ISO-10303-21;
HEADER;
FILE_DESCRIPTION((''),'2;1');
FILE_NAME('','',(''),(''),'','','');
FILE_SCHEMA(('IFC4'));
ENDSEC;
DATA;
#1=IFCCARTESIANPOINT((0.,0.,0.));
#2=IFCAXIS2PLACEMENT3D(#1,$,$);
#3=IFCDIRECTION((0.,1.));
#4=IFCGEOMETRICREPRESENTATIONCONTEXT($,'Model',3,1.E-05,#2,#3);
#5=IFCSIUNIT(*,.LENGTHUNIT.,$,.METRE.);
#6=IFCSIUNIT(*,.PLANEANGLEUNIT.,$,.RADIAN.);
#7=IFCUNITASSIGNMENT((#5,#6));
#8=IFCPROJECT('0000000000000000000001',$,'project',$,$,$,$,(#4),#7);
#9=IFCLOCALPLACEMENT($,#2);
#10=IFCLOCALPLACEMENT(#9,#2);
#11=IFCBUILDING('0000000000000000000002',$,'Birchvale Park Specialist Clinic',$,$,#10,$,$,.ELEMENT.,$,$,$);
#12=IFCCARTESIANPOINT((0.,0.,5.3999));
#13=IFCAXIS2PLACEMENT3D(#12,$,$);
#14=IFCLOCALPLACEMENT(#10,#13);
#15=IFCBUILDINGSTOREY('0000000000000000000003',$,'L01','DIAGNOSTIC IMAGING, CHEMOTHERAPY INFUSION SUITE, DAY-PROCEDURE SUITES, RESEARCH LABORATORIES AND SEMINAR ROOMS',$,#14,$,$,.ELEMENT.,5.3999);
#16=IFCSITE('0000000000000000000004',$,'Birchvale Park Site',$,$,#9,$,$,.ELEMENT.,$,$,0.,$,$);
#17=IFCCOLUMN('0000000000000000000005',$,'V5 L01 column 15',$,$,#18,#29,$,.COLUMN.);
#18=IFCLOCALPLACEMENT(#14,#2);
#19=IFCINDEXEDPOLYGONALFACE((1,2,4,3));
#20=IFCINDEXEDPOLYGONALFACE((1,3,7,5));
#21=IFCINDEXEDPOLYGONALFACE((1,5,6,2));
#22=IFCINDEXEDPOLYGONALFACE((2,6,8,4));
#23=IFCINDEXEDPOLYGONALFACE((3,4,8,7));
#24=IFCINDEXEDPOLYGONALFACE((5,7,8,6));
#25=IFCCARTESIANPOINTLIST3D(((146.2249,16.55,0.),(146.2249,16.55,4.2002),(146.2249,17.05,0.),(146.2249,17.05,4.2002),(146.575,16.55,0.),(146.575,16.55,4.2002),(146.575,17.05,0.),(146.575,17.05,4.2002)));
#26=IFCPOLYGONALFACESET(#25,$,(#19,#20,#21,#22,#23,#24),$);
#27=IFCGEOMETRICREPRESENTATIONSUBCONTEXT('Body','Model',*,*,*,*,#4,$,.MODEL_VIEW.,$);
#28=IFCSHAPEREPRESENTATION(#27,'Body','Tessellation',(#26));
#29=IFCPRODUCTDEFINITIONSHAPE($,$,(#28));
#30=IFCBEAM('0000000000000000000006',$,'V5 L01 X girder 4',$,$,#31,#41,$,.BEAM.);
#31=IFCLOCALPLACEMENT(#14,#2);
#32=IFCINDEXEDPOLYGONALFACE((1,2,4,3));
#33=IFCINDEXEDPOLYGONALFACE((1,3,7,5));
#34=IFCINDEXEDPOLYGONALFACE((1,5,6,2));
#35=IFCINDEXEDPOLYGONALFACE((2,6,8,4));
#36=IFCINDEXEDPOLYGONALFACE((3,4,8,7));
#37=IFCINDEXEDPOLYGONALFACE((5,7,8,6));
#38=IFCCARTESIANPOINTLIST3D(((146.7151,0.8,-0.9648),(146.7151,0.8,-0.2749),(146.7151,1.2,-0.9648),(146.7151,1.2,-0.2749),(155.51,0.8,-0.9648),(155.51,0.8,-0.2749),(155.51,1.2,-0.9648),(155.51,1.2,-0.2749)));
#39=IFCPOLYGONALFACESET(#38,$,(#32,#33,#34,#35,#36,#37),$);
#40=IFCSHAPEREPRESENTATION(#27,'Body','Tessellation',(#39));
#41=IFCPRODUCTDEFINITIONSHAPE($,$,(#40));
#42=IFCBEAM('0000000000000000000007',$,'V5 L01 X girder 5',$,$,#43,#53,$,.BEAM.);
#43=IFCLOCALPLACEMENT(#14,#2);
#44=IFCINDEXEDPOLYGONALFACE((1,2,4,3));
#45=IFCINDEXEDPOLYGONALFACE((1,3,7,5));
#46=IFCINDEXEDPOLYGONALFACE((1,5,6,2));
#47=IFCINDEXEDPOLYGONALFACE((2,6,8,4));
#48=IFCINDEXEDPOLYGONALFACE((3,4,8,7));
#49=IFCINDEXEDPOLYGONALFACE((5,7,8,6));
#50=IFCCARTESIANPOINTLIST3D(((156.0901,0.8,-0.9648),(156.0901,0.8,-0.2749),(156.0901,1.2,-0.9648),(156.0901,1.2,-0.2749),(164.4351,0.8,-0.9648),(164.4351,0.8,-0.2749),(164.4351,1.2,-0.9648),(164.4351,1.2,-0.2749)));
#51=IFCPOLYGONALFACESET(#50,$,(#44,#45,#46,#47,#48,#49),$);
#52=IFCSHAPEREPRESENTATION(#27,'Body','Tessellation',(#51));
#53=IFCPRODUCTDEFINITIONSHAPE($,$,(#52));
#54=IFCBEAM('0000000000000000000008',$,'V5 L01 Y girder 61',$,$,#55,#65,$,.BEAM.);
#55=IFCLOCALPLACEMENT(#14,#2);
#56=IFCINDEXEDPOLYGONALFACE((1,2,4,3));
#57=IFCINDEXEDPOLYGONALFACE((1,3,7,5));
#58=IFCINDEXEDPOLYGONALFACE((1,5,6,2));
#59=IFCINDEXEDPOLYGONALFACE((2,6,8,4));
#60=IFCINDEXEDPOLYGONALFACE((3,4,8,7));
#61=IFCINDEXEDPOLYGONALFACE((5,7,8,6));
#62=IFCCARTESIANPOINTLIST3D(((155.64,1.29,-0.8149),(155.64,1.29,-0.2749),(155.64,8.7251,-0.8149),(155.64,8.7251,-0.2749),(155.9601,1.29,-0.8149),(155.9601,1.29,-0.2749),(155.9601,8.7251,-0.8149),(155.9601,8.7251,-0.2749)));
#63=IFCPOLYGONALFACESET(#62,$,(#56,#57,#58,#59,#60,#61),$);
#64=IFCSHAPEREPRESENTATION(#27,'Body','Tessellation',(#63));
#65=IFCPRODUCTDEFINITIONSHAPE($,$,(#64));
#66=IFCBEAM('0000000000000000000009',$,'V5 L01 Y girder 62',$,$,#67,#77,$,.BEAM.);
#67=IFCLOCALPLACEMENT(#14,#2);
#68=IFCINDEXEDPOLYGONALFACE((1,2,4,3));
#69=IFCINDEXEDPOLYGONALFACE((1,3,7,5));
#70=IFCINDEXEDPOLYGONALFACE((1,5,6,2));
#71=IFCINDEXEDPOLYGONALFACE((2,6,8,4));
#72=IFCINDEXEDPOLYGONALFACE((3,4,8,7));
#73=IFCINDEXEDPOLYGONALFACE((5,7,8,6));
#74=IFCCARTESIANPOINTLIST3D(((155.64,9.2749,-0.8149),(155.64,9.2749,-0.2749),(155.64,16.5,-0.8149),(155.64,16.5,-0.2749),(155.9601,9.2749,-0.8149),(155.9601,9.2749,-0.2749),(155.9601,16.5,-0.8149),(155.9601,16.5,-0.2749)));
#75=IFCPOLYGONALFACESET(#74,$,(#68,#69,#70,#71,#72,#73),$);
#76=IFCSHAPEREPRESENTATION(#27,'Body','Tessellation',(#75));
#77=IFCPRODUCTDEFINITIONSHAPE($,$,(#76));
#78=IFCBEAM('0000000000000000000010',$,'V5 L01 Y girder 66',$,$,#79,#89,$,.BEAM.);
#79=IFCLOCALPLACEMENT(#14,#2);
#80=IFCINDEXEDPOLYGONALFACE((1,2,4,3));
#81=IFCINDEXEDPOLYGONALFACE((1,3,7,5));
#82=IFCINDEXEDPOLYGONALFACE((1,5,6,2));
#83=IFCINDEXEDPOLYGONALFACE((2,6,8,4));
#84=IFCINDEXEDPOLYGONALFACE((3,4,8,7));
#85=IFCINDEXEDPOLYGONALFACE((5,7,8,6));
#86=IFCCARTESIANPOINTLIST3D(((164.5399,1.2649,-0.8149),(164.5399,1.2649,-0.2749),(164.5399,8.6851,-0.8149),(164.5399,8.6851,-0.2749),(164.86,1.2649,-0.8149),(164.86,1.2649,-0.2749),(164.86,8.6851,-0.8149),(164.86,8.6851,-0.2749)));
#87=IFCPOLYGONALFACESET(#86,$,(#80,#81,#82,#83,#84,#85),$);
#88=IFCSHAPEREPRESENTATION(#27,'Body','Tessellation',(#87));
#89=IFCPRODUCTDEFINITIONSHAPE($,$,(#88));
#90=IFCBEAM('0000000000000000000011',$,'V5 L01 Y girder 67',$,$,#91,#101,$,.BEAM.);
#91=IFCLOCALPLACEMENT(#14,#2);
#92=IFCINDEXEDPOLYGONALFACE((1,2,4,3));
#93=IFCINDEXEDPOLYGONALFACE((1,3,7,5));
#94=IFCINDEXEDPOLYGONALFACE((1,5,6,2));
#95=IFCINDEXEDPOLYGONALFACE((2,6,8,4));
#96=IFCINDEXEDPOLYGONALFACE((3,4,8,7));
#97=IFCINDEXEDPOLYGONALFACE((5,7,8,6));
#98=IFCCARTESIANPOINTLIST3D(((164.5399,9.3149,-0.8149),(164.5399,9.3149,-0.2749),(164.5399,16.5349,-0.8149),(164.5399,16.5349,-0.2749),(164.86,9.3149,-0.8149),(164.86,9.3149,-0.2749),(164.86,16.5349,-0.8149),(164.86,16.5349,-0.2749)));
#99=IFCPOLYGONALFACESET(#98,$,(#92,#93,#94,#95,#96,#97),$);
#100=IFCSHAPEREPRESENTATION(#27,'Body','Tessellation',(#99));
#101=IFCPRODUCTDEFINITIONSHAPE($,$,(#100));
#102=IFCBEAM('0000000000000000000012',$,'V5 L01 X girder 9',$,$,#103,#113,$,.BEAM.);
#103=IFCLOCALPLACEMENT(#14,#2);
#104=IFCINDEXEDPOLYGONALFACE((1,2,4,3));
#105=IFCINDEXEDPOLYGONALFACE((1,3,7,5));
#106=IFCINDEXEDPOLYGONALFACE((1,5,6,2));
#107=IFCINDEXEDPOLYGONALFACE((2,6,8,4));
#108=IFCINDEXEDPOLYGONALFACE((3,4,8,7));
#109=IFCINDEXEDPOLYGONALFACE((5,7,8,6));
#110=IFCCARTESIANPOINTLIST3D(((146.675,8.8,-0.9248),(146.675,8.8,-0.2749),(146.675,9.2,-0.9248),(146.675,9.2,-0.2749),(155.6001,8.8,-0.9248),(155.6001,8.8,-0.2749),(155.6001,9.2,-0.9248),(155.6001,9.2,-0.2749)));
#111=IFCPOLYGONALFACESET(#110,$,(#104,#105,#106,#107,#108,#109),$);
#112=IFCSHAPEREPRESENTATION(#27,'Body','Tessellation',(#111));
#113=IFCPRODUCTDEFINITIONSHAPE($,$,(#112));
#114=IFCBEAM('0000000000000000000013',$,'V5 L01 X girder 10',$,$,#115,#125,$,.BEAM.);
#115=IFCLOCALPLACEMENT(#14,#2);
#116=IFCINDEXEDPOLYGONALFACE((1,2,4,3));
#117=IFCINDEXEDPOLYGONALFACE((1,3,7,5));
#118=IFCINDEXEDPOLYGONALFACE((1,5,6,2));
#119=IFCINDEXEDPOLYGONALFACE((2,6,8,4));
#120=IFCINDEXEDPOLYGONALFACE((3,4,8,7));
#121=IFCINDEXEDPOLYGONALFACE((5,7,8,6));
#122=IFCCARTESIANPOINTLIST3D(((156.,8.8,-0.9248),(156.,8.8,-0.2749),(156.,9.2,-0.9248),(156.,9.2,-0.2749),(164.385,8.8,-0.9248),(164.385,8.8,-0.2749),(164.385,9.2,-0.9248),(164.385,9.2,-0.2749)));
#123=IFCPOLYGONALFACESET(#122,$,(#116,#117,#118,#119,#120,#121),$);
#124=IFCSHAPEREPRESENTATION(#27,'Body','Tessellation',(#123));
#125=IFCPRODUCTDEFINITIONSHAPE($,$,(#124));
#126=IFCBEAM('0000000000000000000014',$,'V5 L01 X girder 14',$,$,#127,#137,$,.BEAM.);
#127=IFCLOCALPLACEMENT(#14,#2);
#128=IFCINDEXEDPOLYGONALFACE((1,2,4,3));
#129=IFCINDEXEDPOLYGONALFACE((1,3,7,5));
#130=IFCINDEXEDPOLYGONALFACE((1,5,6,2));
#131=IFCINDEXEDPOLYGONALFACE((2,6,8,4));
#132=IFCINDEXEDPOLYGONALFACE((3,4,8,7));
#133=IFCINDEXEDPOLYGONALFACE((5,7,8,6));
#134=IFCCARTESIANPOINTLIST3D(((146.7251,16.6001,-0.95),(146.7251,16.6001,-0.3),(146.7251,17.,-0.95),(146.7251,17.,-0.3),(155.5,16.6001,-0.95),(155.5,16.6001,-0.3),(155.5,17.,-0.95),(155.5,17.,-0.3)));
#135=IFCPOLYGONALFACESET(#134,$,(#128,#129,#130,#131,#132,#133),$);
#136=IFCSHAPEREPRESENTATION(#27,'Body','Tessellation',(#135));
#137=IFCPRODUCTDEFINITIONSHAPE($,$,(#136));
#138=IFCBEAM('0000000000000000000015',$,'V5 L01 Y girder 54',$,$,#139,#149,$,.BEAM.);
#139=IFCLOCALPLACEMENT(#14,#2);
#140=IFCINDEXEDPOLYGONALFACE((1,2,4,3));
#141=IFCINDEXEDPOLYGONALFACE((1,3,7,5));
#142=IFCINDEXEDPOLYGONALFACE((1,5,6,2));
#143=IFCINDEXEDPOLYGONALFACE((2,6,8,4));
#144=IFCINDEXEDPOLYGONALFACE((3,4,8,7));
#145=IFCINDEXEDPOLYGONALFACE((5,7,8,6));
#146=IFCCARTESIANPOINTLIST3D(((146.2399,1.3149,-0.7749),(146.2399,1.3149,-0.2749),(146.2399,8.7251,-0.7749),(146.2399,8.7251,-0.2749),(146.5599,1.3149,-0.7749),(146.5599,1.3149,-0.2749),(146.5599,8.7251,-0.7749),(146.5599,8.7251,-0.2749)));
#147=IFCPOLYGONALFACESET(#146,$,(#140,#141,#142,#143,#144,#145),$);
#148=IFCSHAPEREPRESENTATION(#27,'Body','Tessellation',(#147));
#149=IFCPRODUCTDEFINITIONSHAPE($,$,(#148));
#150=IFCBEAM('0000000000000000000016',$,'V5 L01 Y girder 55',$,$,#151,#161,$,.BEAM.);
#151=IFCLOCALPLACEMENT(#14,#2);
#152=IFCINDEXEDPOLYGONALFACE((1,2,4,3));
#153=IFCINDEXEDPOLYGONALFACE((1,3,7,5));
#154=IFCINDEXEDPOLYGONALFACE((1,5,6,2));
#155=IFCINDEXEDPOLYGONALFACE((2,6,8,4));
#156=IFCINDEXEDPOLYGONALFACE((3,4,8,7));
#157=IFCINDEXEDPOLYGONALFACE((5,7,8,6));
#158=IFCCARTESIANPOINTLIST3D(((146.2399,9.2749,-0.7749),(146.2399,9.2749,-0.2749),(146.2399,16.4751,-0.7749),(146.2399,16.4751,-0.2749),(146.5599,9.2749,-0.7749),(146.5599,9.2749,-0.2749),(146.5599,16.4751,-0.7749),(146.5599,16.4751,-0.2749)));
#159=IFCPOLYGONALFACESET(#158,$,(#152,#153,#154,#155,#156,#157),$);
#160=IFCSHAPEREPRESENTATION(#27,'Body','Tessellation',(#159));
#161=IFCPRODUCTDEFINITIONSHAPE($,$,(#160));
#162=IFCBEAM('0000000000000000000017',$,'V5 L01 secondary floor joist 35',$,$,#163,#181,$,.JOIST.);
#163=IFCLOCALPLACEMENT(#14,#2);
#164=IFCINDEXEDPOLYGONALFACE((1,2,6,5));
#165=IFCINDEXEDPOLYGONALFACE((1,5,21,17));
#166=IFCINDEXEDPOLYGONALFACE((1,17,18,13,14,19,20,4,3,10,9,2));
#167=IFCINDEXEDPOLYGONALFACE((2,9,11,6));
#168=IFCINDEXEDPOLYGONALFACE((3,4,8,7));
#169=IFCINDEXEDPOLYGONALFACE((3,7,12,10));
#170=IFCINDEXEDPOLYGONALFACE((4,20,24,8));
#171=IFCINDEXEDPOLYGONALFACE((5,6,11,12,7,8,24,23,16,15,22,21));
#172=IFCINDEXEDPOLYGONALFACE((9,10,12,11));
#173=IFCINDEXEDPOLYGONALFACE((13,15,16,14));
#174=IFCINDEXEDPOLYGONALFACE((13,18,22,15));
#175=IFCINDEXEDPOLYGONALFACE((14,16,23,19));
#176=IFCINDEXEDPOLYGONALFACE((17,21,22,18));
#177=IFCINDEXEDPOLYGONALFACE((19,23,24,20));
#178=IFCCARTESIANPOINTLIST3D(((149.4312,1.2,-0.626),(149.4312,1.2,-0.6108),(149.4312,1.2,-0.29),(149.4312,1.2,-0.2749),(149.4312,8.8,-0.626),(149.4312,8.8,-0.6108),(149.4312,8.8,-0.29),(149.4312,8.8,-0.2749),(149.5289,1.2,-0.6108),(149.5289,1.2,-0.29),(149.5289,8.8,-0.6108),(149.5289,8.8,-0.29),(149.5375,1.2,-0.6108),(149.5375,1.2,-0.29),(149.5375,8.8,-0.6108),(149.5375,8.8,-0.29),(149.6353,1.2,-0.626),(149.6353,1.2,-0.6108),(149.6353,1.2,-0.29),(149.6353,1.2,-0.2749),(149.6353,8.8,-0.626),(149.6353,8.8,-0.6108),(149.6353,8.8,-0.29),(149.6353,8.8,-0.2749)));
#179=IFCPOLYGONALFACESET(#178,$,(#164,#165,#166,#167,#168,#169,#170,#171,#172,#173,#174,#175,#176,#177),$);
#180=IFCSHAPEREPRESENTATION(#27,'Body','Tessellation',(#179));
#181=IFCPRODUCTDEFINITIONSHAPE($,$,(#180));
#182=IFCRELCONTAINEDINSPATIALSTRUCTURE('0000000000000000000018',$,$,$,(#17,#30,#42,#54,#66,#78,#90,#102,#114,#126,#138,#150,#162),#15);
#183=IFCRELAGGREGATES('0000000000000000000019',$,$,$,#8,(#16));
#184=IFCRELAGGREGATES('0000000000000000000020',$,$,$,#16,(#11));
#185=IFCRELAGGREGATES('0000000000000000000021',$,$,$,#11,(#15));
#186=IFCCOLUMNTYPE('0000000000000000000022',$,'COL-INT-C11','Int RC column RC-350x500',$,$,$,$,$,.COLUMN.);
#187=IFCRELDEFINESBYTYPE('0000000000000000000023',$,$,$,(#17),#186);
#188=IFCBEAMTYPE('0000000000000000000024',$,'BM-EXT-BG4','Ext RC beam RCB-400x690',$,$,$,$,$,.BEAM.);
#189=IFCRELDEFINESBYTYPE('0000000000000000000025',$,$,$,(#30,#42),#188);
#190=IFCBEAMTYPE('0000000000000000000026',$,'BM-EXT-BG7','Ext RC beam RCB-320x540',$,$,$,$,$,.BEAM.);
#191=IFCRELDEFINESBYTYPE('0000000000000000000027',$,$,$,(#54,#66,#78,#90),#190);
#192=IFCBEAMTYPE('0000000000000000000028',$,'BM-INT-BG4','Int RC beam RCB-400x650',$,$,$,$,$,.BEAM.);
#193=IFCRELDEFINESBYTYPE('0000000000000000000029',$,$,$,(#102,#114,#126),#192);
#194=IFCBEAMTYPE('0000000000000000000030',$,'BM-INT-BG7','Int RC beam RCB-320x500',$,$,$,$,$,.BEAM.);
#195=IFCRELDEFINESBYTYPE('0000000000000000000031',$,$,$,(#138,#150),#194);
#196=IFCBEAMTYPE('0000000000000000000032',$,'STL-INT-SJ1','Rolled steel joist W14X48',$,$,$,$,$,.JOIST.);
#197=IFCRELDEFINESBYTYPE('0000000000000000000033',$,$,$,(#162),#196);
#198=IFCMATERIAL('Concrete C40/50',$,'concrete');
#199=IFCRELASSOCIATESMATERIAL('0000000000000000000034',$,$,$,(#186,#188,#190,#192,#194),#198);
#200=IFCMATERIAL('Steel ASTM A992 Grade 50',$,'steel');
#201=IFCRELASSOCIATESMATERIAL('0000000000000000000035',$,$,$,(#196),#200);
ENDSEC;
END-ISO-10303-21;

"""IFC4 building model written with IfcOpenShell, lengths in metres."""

from ifc_helpers import new_model, si_unit, direction, frame, origin, origin_2d, place, context, subcontext, project, spatial, rectangle, i_section, extrude, material, material_profile, profile_set, type_object, element, save


model = new_model("IFC4")

# Units and contexts
model_context = context("Model", 3, precision=1e-05, world=origin(), true_north=direction((0.0, 1.0)))
body_context = subcontext(model_context, "Body", "Model", "MODEL_VIEW")
ifc_project = project(units=[si_unit("LENGTHUNIT", "METRE"), si_unit("PLANEANGLEUNIT", "RADIAN")], contexts=[model_context])

# Site, building, storey
site_placement = place(None, origin())
site = spatial("IfcSite", under=ifc_project, at=site_placement, Name="Birchvale Park Site", CompositionType="ELEMENT", RefElevation=0.0)
building_placement = place(site_placement, origin())
building = spatial("IfcBuilding", under=site, at=building_placement, Name="Birchvale Park Specialist Clinic", CompositionType="ELEMENT")
storey_placement = place(building_placement, frame((0.0, 0.0, 5.3999)))
storey = spatial("IfcBuildingStorey", under=building, at=storey_placement, Name="L01", Description="DIAGNOSTIC IMAGING, CHEMOTHERAPY INFUSION SUITE, DAY-PROCEDURE SUITES, RESEARCH LABORATORIES AND SEMINAR ROOMS", CompositionType="ELEMENT", Elevation=5.3999)

# Column
ifc_material_1 = material(Name="Concrete C40/50", Category="concrete")
ifc_material_profile_1 = material_profile(ifc_material_1, rectangle(XDim=0.3501, YDim=0.5, at=origin_2d()), Name="RC-350x500")
ifc_profile_set_1 = profile_set([ifc_material_profile_1], Name="Concrete C40/50")
column_type = type_object("IfcColumnType", Name="COL-INT-C11", Description="Int RC column RC-350x500", PredefinedType="COLUMN", material=ifc_profile_set_1)
column_placement = place(storey_placement, frame((146.3999, 16.8, 0.0), z_axis=(0.0, 0.0, 1.0), x_axis=(1.0, 0.0, 0.0)))
element("IfcColumn", 1, at=column_placement, inside=storey, type_object=column_type, Name="V5 L01 column 15", PredefinedType="COLUMN", context=body_context, shape_type="SweptSolid", body=[
    extrude(rectangle(XDim=0.3501, YDim=0.5, at=origin_2d()), origin(), (0.0, 0.0, 1.0), 4.2002),
])

# Beams
ifc_material_profile_2 = material_profile(ifc_material_1, rectangle(XDim=0.3999, YDim=0.6899, at=origin_2d()), Name="RCB-400x690")
ifc_profile_set_2 = profile_set([ifc_material_profile_2], Name="Concrete C40/50")
beam_type_1 = type_object("IfcBeamType", Name="BM-EXT-BG4", Description="Ext RC beam RCB-400x690", PredefinedType="BEAM", material=ifc_profile_set_2)
beam_1_placement = place(storey_placement, frame((146.7151, 1.0, -0.6199), z_axis=(1.0, 0.0, 0.0), x_axis=(0.0, 1.0, 0.0)))
element("IfcBeam", 2, at=beam_1_placement, inside=storey, type_object=beam_type_1, Name="V5 L01 X girder 4", PredefinedType="BEAM", context=body_context, shape_type="SweptSolid", body=[
    extrude(rectangle(XDim=0.3999, YDim=0.6899, at=origin_2d()), origin(), (0.0, 0.0, 1.0), 8.7949),
])
beam_2_placement = place(storey_placement, frame((156.0901, 1.0, -0.6199), z_axis=(1.0, 0.0, 0.0), x_axis=(0.0, 1.0, 0.0)))
element("IfcBeam", 3, at=beam_2_placement, inside=storey, type_object=beam_type_1, Name="V5 L01 X girder 5", PredefinedType="BEAM", context=body_context, shape_type="SweptSolid", body=[
    extrude(rectangle(XDim=0.3999, YDim=0.6899, at=origin_2d()), origin(), (0.0, 0.0, 1.0), 8.345),
])
ifc_material_profile_3 = material_profile(ifc_material_1, rectangle(XDim=0.3201, YDim=0.54, at=origin_2d()), Name="RCB-320x540")
ifc_profile_set_3 = profile_set([ifc_material_profile_3], Name="Concrete C40/50")
beam_type_2 = type_object("IfcBeamType", Name="BM-EXT-BG7", Description="Ext RC beam RCB-320x540", PredefinedType="BEAM", material=ifc_profile_set_3)
beam_3_placement = place(storey_placement, frame((155.8, 1.29, -0.5449), z_axis=(0.0, 1.0, 0.0), x_axis=(-1.0, 0.0, 0.0)))
element("IfcBeam", 4, at=beam_3_placement, inside=storey, type_object=beam_type_2, Name="V5 L01 Y girder 61", PredefinedType="BEAM", context=body_context, shape_type="SweptSolid", body=[
    extrude(rectangle(XDim=0.3201, YDim=0.54, at=origin_2d()), origin(), (0.0, 0.0, 1.0), 7.4351),
])
beam_4_placement = place(storey_placement, frame((155.8, 9.2749, -0.5449), z_axis=(0.0, 1.0, 0.0), x_axis=(-1.0, 0.0, 0.0)))
element("IfcBeam", 5, at=beam_4_placement, inside=storey, type_object=beam_type_2, Name="V5 L01 Y girder 62", PredefinedType="BEAM", context=body_context, shape_type="SweptSolid", body=[
    extrude(rectangle(XDim=0.3201, YDim=0.54, at=origin_2d()), origin(), (0.0, 0.0, 1.0), 7.2251),
])
beam_5_placement = place(storey_placement, frame((164.7, 1.2649, -0.5449), z_axis=(0.0, 1.0, 0.0), x_axis=(-1.0, 0.0, 0.0)))
element("IfcBeam", 6, at=beam_5_placement, inside=storey, type_object=beam_type_2, Name="V5 L01 Y girder 66", PredefinedType="BEAM", context=body_context, shape_type="SweptSolid", body=[
    extrude(rectangle(XDim=0.3201, YDim=0.54, at=origin_2d()), origin(), (0.0, 0.0, 1.0), 7.4202),
])
beam_6_placement = place(storey_placement, frame((164.7, 9.3149, -0.5449), z_axis=(0.0, 1.0, 0.0), x_axis=(-1.0, 0.0, 0.0)))
element("IfcBeam", 7, at=beam_6_placement, inside=storey, type_object=beam_type_2, Name="V5 L01 Y girder 67", PredefinedType="BEAM", context=body_context, shape_type="SweptSolid", body=[
    extrude(rectangle(XDim=0.3201, YDim=0.54, at=origin_2d()), origin(), (0.0, 0.0, 1.0), 7.22),
])
ifc_material_profile_4 = material_profile(ifc_material_1, rectangle(XDim=0.3999, YDim=0.6499, at=origin_2d()), Name="RCB-400x650")
ifc_profile_set_4 = profile_set([ifc_material_profile_4], Name="Concrete C40/50")
beam_type_3 = type_object("IfcBeamType", Name="BM-INT-BG4", Description="Int RC beam RCB-400x650", PredefinedType="BEAM", material=ifc_profile_set_4)
beam_7_placement = place(storey_placement, frame((146.675, 9.0, -0.5999), z_axis=(1.0, 0.0, 0.0), x_axis=(0.0, 1.0, 0.0)))
element("IfcBeam", 8, at=beam_7_placement, inside=storey, type_object=beam_type_3, Name="V5 L01 X girder 9", PredefinedType="BEAM", context=body_context, shape_type="SweptSolid", body=[
    extrude(rectangle(XDim=0.3999, YDim=0.6499, at=origin_2d()), origin(), (0.0, 0.0, 1.0), 8.925),
])
beam_8_placement = place(storey_placement, frame((156.0, 9.0, -0.5999), z_axis=(1.0, 0.0, 0.0), x_axis=(0.0, 1.0, 0.0)))
element("IfcBeam", 9, at=beam_8_placement, inside=storey, type_object=beam_type_3, Name="V5 L01 X girder 10", PredefinedType="BEAM", context=body_context, shape_type="SweptSolid", body=[
    extrude(rectangle(XDim=0.3999, YDim=0.6499, at=origin_2d()), origin(), (0.0, 0.0, 1.0), 8.385),
])
beam_9_placement = place(storey_placement, frame((146.7251, 16.8, -0.625), z_axis=(1.0, 0.0, 0.0), x_axis=(0.0, 1.0, 0.0)))
element("IfcBeam", 10, at=beam_9_placement, inside=storey, type_object=beam_type_3, Name="V5 L01 X girder 14", PredefinedType="BEAM", context=body_context, shape_type="SweptSolid", body=[
    extrude(rectangle(XDim=0.3999, YDim=0.6499, at=origin_2d()), origin(), (0.0, 0.0, 1.0), 8.7749),
])
ifc_material_profile_5 = material_profile(ifc_material_1, rectangle(XDim=0.3201, YDim=0.5, at=origin_2d()), Name="RCB-320x500")
ifc_profile_set_5 = profile_set([ifc_material_profile_5], Name="Concrete C40/50")
beam_type_4 = type_object("IfcBeamType", Name="BM-INT-BG7", Description="Int RC beam RCB-320x500", PredefinedType="BEAM", material=ifc_profile_set_5)
beam_10_placement = place(storey_placement, frame((146.3999, 1.3149, -0.5249), z_axis=(0.0, 1.0, 0.0), x_axis=(-1.0, 0.0, 0.0)))
element("IfcBeam", 11, at=beam_10_placement, inside=storey, type_object=beam_type_4, Name="V5 L01 Y girder 54", PredefinedType="BEAM", context=body_context, shape_type="SweptSolid", body=[
    extrude(rectangle(XDim=0.3201, YDim=0.5, at=origin_2d()), origin(), (0.0, 0.0, 1.0), 7.4102),
])
beam_11_placement = place(storey_placement, frame((146.3999, 9.2749, -0.5249), z_axis=(0.0, 1.0, 0.0), x_axis=(-1.0, 0.0, 0.0)))
element("IfcBeam", 12, at=beam_11_placement, inside=storey, type_object=beam_type_4, Name="V5 L01 Y girder 55", PredefinedType="BEAM", context=body_context, shape_type="SweptSolid", body=[
    extrude(rectangle(XDim=0.3201, YDim=0.5, at=origin_2d()), origin(), (0.0, 0.0, 1.0), 7.2002),
])
ifc_material_2 = material(Name="Steel ASTM A992 Grade 50", Category="steel")
ifc_material_profile_6 = material_profile(ifc_material_2, i_section(OverallWidth=0.2041, OverallDepth=0.3511, WebThickness=0.0085, FlangeThickness=0.0151, at=origin_2d()), Name="W14X48")
ifc_profile_set_6 = profile_set([ifc_material_profile_6], Name="Steel ASTM A992 Grade 50")
beam_type_5 = type_object("IfcBeamType", Name="STL-INT-SJ1", Description="Rolled steel joist W14X48", PredefinedType="JOIST", material=ifc_profile_set_6)
beam_12_placement = place(storey_placement, frame((149.5332, 1.2, -0.4504), z_axis=(0.0, 1.0, 0.0), x_axis=(-1.0, 0.0, 0.0)))
element("IfcBeam", 13, at=beam_12_placement, inside=storey, type_object=beam_type_5, Name="V5 L01 secondary floor joist 35", PredefinedType="JOIST", context=body_context, shape_type="SweptSolid", body=[
    extrude(i_section(OverallWidth=0.2041, OverallDepth=0.3511, WebThickness=0.0085, FlangeThickness=0.0151, at=origin_2d()), origin(), (0.0, 0.0, 1.0), 7.6001),
])

save(model, "model.ifc")
